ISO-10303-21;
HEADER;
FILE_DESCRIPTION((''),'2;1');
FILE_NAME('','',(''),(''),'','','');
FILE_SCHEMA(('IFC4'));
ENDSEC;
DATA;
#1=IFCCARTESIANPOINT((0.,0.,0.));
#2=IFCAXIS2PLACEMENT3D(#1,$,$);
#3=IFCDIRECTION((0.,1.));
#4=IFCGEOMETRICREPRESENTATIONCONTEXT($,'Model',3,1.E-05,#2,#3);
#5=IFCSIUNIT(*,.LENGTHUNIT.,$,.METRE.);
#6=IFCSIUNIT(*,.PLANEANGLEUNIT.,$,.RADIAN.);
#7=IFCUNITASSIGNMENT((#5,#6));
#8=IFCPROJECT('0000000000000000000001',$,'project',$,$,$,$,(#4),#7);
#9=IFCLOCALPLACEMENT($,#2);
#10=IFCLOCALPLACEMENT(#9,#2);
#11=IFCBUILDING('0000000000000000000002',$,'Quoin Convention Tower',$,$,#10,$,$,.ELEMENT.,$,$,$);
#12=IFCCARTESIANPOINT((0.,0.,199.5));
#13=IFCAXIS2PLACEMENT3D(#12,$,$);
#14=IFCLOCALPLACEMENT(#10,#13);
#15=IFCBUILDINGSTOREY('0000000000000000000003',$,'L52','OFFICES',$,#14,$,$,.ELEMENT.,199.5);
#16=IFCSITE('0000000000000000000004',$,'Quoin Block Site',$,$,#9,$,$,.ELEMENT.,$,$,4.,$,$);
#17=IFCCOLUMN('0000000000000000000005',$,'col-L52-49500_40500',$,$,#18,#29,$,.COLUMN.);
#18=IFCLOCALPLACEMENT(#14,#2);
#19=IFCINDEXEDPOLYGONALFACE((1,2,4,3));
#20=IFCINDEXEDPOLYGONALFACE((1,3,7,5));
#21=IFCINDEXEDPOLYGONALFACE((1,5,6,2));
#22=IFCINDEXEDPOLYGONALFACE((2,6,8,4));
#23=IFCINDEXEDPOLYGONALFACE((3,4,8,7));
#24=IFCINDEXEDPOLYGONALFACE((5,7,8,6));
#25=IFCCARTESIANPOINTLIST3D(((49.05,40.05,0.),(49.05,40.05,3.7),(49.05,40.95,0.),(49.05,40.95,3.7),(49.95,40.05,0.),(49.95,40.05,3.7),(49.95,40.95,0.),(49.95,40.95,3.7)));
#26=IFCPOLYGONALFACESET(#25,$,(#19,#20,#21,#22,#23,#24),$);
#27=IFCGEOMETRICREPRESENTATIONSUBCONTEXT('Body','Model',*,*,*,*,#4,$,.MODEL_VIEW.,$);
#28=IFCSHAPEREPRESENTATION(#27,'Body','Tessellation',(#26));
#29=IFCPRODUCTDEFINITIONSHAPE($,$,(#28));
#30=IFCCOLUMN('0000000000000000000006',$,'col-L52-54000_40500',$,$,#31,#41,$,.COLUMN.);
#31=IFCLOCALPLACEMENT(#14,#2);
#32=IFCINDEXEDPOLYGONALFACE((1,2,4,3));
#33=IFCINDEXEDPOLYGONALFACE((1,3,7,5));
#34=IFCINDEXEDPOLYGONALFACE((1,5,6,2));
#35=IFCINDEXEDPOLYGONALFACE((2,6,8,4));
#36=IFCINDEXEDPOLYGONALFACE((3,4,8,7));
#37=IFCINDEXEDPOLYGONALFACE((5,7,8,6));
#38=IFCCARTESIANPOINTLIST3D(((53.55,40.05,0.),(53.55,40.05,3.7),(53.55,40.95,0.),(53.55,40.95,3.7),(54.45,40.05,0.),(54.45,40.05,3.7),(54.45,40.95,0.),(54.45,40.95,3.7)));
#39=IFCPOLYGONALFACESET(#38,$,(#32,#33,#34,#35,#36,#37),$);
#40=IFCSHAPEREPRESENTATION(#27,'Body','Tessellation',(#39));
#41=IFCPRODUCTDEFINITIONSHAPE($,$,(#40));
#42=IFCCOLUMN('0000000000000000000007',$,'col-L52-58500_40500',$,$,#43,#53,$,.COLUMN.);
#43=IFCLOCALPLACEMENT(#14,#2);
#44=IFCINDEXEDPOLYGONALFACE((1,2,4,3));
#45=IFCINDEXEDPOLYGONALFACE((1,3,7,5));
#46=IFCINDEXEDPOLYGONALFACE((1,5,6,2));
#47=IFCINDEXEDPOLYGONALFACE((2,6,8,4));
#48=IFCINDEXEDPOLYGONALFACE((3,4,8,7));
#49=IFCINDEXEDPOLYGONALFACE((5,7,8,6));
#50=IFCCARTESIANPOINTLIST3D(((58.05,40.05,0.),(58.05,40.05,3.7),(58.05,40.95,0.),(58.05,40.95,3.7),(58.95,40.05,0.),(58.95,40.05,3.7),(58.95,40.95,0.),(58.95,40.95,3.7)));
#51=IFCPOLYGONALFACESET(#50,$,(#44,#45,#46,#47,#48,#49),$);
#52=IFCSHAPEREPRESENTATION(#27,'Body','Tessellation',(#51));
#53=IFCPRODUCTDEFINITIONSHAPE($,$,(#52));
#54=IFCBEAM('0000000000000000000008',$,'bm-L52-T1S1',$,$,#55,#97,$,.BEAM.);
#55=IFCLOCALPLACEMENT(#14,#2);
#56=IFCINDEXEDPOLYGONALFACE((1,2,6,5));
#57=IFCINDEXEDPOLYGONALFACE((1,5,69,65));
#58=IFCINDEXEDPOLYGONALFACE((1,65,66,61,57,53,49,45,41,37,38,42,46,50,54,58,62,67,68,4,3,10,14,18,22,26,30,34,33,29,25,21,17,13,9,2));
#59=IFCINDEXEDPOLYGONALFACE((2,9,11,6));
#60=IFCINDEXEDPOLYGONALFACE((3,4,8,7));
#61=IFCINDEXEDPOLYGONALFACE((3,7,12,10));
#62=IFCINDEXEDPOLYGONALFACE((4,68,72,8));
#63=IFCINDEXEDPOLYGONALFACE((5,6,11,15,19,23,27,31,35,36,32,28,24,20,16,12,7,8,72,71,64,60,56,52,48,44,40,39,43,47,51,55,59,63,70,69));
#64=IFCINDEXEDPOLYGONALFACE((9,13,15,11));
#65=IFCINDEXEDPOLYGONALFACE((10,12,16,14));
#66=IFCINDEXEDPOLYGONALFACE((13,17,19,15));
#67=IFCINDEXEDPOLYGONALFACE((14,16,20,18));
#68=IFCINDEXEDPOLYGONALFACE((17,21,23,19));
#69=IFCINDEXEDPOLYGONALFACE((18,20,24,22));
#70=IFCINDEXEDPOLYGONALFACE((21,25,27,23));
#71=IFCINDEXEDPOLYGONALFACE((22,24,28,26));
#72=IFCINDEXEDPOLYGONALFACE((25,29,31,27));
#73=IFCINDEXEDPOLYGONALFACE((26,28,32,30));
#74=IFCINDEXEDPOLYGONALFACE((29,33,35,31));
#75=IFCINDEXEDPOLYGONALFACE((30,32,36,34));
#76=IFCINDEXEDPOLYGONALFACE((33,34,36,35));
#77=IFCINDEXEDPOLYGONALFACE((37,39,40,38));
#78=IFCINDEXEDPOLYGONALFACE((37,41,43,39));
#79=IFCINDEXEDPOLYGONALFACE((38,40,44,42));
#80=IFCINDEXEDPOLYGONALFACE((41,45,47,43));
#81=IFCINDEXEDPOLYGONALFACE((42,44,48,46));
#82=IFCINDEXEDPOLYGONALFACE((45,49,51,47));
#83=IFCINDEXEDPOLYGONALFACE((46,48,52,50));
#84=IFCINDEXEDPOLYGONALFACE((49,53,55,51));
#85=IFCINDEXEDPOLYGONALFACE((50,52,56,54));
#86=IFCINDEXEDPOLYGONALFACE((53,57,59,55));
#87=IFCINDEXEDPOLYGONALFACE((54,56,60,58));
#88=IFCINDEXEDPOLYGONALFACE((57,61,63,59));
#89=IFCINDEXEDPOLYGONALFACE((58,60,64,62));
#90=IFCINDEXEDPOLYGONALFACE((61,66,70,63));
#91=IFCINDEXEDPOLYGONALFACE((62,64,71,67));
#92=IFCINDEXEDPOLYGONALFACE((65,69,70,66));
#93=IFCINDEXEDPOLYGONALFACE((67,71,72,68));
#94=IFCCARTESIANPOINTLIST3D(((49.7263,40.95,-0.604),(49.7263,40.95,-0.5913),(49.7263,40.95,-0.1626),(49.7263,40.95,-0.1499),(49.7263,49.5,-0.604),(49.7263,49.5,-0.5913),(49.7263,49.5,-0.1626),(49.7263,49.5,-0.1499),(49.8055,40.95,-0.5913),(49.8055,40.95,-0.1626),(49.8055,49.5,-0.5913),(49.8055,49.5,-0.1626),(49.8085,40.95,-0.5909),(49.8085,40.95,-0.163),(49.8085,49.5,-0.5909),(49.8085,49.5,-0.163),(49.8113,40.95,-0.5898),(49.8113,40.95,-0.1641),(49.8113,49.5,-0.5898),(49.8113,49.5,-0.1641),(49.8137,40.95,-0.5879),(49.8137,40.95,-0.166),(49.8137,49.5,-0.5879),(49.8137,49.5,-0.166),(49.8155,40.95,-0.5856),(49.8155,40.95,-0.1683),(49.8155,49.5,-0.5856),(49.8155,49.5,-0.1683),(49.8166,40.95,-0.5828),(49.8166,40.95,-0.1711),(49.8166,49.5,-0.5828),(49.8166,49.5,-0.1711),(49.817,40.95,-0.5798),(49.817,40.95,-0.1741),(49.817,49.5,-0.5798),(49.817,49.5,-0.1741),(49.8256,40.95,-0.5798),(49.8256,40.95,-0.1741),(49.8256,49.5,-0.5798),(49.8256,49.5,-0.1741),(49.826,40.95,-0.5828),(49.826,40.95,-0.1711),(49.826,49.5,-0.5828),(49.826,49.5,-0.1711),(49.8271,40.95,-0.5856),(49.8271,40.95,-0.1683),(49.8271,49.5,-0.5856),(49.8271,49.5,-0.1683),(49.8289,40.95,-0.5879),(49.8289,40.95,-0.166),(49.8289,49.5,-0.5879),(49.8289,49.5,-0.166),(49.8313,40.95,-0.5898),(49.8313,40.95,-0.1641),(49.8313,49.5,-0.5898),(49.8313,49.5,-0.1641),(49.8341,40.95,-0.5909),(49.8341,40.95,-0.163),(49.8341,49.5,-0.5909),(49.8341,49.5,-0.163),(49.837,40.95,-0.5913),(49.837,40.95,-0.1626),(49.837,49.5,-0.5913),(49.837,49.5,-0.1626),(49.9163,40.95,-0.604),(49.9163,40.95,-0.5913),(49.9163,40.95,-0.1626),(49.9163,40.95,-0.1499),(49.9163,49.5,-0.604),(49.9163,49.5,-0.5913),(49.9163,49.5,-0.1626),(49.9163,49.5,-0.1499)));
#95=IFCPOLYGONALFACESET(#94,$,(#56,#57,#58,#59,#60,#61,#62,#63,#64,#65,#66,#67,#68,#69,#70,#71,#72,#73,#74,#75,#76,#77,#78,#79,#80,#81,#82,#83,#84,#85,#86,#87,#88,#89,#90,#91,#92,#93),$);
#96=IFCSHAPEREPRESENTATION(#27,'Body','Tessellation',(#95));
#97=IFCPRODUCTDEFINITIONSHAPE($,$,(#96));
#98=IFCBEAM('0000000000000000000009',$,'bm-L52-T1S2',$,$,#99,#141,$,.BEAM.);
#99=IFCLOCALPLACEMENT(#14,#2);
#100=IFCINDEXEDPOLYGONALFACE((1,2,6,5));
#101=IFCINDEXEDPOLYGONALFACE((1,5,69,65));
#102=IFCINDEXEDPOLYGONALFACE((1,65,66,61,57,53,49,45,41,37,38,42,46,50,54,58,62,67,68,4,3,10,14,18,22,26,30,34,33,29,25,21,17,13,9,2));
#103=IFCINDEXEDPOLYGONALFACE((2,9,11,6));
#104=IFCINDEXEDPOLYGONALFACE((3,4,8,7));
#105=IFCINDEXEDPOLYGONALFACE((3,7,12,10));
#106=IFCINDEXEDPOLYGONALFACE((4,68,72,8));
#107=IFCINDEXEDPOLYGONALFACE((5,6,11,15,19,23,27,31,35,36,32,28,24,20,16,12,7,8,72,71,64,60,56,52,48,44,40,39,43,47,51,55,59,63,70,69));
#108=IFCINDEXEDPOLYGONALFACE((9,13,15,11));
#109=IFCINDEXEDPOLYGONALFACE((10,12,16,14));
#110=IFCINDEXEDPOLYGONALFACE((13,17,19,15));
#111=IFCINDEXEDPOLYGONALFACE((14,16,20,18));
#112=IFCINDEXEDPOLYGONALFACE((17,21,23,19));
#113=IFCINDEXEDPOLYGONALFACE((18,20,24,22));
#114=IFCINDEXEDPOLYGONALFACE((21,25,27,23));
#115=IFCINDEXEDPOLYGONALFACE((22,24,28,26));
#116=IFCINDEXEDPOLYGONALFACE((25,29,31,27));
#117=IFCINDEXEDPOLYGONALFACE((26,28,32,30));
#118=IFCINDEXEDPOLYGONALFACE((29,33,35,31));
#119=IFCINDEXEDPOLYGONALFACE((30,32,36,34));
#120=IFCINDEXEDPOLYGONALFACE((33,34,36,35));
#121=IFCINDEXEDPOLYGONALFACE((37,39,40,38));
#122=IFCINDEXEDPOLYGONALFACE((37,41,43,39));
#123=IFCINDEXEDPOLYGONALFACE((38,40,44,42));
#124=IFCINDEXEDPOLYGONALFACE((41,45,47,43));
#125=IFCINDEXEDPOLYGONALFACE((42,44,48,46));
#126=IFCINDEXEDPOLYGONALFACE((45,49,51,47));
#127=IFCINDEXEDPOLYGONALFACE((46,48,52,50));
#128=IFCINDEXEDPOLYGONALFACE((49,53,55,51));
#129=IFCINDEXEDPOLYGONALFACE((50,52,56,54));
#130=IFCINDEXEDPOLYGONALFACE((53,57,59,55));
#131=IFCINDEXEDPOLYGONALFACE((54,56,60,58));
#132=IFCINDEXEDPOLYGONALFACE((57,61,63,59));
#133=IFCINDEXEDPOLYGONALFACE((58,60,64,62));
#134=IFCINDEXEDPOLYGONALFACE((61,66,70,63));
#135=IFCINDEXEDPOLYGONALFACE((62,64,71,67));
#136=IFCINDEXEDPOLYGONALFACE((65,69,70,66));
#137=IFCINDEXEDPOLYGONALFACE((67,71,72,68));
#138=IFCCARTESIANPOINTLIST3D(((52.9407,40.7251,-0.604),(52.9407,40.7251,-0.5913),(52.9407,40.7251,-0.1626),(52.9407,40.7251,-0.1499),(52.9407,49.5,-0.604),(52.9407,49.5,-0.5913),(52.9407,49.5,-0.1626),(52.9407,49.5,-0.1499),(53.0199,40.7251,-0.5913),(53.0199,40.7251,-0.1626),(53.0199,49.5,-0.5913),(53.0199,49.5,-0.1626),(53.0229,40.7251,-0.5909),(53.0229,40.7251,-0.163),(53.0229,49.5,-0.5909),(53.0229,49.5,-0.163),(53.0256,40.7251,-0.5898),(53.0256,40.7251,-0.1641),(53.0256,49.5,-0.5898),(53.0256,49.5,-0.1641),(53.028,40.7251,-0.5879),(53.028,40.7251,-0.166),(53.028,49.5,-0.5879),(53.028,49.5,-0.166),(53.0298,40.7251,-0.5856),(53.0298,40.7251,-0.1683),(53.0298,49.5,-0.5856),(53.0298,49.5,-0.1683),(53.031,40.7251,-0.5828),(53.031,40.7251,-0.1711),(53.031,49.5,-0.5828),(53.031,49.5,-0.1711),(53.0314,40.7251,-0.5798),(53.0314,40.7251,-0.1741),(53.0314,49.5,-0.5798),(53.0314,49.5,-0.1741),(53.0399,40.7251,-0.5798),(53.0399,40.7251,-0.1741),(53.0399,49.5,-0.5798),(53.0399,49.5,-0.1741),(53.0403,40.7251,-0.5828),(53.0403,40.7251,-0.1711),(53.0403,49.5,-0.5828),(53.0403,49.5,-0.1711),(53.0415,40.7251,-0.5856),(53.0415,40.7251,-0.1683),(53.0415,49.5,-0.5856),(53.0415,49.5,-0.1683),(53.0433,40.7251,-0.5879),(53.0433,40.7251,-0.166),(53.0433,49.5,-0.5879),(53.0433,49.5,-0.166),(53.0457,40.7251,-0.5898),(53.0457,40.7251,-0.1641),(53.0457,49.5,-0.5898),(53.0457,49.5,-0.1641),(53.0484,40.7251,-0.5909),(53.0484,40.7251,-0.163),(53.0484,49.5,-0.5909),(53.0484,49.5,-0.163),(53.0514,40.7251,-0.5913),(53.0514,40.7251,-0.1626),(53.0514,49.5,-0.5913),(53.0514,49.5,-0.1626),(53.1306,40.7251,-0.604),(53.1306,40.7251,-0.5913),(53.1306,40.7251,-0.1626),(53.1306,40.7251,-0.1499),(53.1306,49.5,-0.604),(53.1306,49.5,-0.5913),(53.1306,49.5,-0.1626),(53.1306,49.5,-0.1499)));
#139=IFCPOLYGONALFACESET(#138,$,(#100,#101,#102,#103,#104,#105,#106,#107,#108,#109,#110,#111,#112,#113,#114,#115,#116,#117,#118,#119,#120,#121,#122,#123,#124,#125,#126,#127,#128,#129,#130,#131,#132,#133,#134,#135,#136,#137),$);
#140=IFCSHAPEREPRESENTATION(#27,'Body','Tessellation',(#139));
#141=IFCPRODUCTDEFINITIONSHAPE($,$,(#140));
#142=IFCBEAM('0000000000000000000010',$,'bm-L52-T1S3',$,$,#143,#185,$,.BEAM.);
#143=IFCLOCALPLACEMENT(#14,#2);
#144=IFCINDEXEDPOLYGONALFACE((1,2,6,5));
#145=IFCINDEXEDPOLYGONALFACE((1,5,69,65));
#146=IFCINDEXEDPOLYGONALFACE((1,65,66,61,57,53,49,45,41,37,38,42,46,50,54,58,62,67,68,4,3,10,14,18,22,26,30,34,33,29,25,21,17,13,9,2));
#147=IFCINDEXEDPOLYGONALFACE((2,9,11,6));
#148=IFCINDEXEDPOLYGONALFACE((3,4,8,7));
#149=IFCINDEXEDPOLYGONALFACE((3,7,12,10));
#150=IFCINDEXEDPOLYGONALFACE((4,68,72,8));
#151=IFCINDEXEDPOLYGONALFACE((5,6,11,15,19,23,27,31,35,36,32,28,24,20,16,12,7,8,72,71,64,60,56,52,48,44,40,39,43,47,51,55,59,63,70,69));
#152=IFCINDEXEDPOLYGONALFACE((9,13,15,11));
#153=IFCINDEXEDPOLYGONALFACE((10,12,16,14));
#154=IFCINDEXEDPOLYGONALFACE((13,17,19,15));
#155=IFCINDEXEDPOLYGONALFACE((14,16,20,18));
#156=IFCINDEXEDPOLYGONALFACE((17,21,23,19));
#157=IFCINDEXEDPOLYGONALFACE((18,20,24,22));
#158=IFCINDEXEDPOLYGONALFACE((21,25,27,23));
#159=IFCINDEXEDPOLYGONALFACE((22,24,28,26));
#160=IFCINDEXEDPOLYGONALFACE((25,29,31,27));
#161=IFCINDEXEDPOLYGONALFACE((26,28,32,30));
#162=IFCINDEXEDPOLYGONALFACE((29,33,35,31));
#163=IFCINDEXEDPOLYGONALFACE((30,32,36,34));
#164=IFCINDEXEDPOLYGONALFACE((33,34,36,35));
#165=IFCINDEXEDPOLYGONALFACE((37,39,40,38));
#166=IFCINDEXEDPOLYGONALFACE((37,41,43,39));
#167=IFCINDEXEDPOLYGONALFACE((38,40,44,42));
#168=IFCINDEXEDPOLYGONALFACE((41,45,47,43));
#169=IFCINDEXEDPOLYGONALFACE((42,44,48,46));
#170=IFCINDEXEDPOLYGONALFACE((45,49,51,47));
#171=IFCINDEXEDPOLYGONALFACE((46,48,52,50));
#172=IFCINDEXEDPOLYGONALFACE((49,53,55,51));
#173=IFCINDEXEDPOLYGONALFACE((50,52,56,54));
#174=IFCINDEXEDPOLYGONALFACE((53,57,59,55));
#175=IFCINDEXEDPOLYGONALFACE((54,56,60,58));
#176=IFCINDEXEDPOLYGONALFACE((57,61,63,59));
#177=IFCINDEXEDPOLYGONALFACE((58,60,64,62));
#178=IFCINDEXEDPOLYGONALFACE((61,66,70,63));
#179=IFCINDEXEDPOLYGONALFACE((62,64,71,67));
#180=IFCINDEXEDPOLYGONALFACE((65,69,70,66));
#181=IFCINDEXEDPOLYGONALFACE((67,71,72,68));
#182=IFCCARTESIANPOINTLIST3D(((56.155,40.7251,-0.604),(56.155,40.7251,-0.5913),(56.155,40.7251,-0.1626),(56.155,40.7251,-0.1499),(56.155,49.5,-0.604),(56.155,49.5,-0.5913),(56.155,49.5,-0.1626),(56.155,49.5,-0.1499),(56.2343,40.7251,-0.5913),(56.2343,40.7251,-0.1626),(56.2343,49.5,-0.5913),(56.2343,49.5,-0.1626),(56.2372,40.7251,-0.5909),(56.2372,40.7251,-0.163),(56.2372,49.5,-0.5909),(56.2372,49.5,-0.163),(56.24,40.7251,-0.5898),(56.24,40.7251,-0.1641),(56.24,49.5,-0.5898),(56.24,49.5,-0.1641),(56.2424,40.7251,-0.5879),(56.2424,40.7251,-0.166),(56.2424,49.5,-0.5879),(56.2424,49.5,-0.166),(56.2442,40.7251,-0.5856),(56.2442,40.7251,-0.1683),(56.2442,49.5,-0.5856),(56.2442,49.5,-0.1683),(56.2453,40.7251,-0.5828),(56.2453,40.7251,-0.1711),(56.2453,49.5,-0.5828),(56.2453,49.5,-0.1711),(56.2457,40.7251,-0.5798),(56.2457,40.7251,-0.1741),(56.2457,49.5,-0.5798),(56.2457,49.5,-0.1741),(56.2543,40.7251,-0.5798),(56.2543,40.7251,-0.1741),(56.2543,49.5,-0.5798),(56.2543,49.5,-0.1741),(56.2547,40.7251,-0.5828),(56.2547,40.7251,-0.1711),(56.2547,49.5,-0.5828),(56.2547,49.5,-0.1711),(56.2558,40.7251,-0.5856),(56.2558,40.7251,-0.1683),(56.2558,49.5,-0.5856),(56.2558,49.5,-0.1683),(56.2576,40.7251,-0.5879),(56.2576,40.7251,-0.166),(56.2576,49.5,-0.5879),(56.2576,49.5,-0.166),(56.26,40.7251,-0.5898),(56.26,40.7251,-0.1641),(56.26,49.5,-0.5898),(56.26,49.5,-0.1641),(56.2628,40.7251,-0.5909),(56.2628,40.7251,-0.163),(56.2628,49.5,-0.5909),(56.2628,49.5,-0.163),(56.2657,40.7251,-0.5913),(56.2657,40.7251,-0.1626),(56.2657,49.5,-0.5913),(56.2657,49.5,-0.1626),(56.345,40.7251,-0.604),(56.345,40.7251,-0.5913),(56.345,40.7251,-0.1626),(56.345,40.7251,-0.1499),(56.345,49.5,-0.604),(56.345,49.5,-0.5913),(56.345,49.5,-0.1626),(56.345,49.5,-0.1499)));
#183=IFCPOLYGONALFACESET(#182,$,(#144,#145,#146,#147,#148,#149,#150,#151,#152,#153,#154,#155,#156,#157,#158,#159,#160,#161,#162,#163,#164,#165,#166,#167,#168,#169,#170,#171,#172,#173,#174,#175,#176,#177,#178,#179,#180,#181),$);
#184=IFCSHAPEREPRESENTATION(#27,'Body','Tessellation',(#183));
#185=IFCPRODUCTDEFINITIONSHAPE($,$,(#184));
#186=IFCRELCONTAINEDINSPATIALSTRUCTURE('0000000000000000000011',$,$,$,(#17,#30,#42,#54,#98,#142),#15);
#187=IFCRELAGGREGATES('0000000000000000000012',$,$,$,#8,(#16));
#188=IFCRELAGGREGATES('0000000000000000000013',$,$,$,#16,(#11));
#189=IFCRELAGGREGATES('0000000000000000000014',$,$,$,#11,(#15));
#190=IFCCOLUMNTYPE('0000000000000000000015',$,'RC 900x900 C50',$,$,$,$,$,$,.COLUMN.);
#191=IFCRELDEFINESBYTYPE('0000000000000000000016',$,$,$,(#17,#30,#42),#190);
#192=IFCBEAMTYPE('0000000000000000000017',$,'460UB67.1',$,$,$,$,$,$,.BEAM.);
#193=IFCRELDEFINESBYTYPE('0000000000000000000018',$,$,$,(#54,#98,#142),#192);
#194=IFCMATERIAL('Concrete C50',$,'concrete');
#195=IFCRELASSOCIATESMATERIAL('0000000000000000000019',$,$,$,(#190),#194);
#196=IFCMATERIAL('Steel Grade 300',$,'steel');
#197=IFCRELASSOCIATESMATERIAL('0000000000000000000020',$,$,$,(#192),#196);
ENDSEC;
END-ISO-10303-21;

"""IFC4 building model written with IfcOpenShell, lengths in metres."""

from ifc_helpers import new_model, si_unit, direction, frame, origin, origin_2d, place, context, subcontext, project, spatial, rectangle, i_section, extrude, material, material_profile, profile_set, type_object, element, save


model = new_model("IFC4")

# Units and contexts
model_context = context("Model", 3, precision=1e-05, world=origin(), true_north=direction((0.0, 1.0)))
body_context = subcontext(model_context, "Body", "Model", "MODEL_VIEW")
ifc_project = project(units=[si_unit("LENGTHUNIT", "METRE"), si_unit("PLANEANGLEUNIT", "RADIAN")], contexts=[model_context])

# Site, building, storey
site_placement = place(None, origin())
site = spatial("IfcSite", under=ifc_project, at=site_placement, Name="Quoin Block Site", CompositionType="ELEMENT", RefElevation=4.0)
building_placement = place(site_placement, origin())
building = spatial("IfcBuilding", under=site, at=building_placement, Name="Quoin Convention Tower", CompositionType="ELEMENT")
storey_placement = place(building_placement, frame((0.0, 0.0, 199.5)))
storey = spatial("IfcBuildingStorey", under=building, at=storey_placement, Name="L52", Description="OFFICES", CompositionType="ELEMENT", Elevation=199.5)

# Columns
ifc_material_1 = material(Name="Concrete C50", Category="concrete")
ifc_material_profile_1 = material_profile(ifc_material_1, rectangle(XDim=0.8999, YDim=0.8999, at=origin_2d()), Name="RC 900x900")
ifc_profile_set_1 = profile_set([ifc_material_profile_1], Name="Concrete C50")
column_type = type_object("IfcColumnType", Name="RC 900x900 C50", PredefinedType="COLUMN", material=ifc_profile_set_1)
for number, where, z_axis, x_axis, name in (
    (1, (49.5, 40.5, 0.0), (0.0, 0.0, 1.0), (1.0, 0.0, 0.0), "col-L52-49500_40500"),
    (2, (54.0, 40.5, 0.0), (0.0, 0.0, 1.0), (1.0, 0.0, 0.0), "col-L52-54000_40500"),
    (3, (58.5, 40.5, 0.0), (0.0, 0.0, 1.0), (1.0, 0.0, 0.0), "col-L52-58500_40500"),
):
    element("IfcColumn", number, at=place(storey_placement, frame(where, z_axis=z_axis, x_axis=x_axis)), inside=storey, type_object=column_type, Name=name, PredefinedType="COLUMN", context=body_context, shape_type="SweptSolid", body=[
        extrude(rectangle(XDim=0.8999, YDim=0.8999, at=origin_2d()), origin(), (0.0, 0.0, 1.0), 3.7),
    ])

# Beams
ifc_material_2 = material(Name="Steel Grade 300", Category="steel")
ifc_material_profile_2 = material_profile(ifc_material_2, i_section(OverallWidth=0.1899, OverallDepth=0.4541, WebThickness=0.0085, FlangeThickness=0.0127, FilletRadius=0.0115, at=origin_2d()), Name="460UB67.1")
ifc_profile_set_2 = profile_set([ifc_material_profile_2], Name="Steel Grade 300")
beam_type_1 = type_object("IfcBeamType", Name="460UB67.1", PredefinedType="BEAM", material=ifc_profile_set_2)
beam_placement = place(storey_placement, frame((49.8213, 40.95, -0.377), z_axis=(0.0, 1.0, 0.0), x_axis=(-1.0, 0.0, 0.0)))
element("IfcBeam", 4, at=beam_placement, inside=storey, type_object=beam_type_1, Name="bm-L52-T1S1", PredefinedType="BEAM", context=body_context, shape_type="SweptSolid", body=[
    extrude(i_section(OverallWidth=0.1899, OverallDepth=0.4541, WebThickness=0.0085, FlangeThickness=0.0127, FilletRadius=0.0115, at=origin_2d()), origin(), (0.0, 0.0, 1.0), 8.55),
])
for number, where, z_axis, x_axis, name in (
    (5, (53.0356, 40.7251, -0.377), (0.0, 1.0, 0.0), (-1.0, 0.0, 0.0), "bm-L52-T1S2"),
    (6, (56.25, 40.7251, -0.377), (0.0, 1.0, 0.0), (-1.0, 0.0, 0.0), "bm-L52-T1S3"),
):
    element("IfcBeam", number, at=place(storey_placement, frame(where, z_axis=z_axis, x_axis=x_axis)), inside=storey, type_object=beam_type_1, Name=name, PredefinedType="BEAM", context=body_context, shape_type="SweptSolid", body=[
        extrude(i_section(OverallWidth=0.1899, OverallDepth=0.4541, WebThickness=0.0085, FlangeThickness=0.0127, FilletRadius=0.0115, at=origin_2d()), origin(), (0.0, 0.0, 1.0), 8.7749),
    ])

save(model, "model.ifc")
